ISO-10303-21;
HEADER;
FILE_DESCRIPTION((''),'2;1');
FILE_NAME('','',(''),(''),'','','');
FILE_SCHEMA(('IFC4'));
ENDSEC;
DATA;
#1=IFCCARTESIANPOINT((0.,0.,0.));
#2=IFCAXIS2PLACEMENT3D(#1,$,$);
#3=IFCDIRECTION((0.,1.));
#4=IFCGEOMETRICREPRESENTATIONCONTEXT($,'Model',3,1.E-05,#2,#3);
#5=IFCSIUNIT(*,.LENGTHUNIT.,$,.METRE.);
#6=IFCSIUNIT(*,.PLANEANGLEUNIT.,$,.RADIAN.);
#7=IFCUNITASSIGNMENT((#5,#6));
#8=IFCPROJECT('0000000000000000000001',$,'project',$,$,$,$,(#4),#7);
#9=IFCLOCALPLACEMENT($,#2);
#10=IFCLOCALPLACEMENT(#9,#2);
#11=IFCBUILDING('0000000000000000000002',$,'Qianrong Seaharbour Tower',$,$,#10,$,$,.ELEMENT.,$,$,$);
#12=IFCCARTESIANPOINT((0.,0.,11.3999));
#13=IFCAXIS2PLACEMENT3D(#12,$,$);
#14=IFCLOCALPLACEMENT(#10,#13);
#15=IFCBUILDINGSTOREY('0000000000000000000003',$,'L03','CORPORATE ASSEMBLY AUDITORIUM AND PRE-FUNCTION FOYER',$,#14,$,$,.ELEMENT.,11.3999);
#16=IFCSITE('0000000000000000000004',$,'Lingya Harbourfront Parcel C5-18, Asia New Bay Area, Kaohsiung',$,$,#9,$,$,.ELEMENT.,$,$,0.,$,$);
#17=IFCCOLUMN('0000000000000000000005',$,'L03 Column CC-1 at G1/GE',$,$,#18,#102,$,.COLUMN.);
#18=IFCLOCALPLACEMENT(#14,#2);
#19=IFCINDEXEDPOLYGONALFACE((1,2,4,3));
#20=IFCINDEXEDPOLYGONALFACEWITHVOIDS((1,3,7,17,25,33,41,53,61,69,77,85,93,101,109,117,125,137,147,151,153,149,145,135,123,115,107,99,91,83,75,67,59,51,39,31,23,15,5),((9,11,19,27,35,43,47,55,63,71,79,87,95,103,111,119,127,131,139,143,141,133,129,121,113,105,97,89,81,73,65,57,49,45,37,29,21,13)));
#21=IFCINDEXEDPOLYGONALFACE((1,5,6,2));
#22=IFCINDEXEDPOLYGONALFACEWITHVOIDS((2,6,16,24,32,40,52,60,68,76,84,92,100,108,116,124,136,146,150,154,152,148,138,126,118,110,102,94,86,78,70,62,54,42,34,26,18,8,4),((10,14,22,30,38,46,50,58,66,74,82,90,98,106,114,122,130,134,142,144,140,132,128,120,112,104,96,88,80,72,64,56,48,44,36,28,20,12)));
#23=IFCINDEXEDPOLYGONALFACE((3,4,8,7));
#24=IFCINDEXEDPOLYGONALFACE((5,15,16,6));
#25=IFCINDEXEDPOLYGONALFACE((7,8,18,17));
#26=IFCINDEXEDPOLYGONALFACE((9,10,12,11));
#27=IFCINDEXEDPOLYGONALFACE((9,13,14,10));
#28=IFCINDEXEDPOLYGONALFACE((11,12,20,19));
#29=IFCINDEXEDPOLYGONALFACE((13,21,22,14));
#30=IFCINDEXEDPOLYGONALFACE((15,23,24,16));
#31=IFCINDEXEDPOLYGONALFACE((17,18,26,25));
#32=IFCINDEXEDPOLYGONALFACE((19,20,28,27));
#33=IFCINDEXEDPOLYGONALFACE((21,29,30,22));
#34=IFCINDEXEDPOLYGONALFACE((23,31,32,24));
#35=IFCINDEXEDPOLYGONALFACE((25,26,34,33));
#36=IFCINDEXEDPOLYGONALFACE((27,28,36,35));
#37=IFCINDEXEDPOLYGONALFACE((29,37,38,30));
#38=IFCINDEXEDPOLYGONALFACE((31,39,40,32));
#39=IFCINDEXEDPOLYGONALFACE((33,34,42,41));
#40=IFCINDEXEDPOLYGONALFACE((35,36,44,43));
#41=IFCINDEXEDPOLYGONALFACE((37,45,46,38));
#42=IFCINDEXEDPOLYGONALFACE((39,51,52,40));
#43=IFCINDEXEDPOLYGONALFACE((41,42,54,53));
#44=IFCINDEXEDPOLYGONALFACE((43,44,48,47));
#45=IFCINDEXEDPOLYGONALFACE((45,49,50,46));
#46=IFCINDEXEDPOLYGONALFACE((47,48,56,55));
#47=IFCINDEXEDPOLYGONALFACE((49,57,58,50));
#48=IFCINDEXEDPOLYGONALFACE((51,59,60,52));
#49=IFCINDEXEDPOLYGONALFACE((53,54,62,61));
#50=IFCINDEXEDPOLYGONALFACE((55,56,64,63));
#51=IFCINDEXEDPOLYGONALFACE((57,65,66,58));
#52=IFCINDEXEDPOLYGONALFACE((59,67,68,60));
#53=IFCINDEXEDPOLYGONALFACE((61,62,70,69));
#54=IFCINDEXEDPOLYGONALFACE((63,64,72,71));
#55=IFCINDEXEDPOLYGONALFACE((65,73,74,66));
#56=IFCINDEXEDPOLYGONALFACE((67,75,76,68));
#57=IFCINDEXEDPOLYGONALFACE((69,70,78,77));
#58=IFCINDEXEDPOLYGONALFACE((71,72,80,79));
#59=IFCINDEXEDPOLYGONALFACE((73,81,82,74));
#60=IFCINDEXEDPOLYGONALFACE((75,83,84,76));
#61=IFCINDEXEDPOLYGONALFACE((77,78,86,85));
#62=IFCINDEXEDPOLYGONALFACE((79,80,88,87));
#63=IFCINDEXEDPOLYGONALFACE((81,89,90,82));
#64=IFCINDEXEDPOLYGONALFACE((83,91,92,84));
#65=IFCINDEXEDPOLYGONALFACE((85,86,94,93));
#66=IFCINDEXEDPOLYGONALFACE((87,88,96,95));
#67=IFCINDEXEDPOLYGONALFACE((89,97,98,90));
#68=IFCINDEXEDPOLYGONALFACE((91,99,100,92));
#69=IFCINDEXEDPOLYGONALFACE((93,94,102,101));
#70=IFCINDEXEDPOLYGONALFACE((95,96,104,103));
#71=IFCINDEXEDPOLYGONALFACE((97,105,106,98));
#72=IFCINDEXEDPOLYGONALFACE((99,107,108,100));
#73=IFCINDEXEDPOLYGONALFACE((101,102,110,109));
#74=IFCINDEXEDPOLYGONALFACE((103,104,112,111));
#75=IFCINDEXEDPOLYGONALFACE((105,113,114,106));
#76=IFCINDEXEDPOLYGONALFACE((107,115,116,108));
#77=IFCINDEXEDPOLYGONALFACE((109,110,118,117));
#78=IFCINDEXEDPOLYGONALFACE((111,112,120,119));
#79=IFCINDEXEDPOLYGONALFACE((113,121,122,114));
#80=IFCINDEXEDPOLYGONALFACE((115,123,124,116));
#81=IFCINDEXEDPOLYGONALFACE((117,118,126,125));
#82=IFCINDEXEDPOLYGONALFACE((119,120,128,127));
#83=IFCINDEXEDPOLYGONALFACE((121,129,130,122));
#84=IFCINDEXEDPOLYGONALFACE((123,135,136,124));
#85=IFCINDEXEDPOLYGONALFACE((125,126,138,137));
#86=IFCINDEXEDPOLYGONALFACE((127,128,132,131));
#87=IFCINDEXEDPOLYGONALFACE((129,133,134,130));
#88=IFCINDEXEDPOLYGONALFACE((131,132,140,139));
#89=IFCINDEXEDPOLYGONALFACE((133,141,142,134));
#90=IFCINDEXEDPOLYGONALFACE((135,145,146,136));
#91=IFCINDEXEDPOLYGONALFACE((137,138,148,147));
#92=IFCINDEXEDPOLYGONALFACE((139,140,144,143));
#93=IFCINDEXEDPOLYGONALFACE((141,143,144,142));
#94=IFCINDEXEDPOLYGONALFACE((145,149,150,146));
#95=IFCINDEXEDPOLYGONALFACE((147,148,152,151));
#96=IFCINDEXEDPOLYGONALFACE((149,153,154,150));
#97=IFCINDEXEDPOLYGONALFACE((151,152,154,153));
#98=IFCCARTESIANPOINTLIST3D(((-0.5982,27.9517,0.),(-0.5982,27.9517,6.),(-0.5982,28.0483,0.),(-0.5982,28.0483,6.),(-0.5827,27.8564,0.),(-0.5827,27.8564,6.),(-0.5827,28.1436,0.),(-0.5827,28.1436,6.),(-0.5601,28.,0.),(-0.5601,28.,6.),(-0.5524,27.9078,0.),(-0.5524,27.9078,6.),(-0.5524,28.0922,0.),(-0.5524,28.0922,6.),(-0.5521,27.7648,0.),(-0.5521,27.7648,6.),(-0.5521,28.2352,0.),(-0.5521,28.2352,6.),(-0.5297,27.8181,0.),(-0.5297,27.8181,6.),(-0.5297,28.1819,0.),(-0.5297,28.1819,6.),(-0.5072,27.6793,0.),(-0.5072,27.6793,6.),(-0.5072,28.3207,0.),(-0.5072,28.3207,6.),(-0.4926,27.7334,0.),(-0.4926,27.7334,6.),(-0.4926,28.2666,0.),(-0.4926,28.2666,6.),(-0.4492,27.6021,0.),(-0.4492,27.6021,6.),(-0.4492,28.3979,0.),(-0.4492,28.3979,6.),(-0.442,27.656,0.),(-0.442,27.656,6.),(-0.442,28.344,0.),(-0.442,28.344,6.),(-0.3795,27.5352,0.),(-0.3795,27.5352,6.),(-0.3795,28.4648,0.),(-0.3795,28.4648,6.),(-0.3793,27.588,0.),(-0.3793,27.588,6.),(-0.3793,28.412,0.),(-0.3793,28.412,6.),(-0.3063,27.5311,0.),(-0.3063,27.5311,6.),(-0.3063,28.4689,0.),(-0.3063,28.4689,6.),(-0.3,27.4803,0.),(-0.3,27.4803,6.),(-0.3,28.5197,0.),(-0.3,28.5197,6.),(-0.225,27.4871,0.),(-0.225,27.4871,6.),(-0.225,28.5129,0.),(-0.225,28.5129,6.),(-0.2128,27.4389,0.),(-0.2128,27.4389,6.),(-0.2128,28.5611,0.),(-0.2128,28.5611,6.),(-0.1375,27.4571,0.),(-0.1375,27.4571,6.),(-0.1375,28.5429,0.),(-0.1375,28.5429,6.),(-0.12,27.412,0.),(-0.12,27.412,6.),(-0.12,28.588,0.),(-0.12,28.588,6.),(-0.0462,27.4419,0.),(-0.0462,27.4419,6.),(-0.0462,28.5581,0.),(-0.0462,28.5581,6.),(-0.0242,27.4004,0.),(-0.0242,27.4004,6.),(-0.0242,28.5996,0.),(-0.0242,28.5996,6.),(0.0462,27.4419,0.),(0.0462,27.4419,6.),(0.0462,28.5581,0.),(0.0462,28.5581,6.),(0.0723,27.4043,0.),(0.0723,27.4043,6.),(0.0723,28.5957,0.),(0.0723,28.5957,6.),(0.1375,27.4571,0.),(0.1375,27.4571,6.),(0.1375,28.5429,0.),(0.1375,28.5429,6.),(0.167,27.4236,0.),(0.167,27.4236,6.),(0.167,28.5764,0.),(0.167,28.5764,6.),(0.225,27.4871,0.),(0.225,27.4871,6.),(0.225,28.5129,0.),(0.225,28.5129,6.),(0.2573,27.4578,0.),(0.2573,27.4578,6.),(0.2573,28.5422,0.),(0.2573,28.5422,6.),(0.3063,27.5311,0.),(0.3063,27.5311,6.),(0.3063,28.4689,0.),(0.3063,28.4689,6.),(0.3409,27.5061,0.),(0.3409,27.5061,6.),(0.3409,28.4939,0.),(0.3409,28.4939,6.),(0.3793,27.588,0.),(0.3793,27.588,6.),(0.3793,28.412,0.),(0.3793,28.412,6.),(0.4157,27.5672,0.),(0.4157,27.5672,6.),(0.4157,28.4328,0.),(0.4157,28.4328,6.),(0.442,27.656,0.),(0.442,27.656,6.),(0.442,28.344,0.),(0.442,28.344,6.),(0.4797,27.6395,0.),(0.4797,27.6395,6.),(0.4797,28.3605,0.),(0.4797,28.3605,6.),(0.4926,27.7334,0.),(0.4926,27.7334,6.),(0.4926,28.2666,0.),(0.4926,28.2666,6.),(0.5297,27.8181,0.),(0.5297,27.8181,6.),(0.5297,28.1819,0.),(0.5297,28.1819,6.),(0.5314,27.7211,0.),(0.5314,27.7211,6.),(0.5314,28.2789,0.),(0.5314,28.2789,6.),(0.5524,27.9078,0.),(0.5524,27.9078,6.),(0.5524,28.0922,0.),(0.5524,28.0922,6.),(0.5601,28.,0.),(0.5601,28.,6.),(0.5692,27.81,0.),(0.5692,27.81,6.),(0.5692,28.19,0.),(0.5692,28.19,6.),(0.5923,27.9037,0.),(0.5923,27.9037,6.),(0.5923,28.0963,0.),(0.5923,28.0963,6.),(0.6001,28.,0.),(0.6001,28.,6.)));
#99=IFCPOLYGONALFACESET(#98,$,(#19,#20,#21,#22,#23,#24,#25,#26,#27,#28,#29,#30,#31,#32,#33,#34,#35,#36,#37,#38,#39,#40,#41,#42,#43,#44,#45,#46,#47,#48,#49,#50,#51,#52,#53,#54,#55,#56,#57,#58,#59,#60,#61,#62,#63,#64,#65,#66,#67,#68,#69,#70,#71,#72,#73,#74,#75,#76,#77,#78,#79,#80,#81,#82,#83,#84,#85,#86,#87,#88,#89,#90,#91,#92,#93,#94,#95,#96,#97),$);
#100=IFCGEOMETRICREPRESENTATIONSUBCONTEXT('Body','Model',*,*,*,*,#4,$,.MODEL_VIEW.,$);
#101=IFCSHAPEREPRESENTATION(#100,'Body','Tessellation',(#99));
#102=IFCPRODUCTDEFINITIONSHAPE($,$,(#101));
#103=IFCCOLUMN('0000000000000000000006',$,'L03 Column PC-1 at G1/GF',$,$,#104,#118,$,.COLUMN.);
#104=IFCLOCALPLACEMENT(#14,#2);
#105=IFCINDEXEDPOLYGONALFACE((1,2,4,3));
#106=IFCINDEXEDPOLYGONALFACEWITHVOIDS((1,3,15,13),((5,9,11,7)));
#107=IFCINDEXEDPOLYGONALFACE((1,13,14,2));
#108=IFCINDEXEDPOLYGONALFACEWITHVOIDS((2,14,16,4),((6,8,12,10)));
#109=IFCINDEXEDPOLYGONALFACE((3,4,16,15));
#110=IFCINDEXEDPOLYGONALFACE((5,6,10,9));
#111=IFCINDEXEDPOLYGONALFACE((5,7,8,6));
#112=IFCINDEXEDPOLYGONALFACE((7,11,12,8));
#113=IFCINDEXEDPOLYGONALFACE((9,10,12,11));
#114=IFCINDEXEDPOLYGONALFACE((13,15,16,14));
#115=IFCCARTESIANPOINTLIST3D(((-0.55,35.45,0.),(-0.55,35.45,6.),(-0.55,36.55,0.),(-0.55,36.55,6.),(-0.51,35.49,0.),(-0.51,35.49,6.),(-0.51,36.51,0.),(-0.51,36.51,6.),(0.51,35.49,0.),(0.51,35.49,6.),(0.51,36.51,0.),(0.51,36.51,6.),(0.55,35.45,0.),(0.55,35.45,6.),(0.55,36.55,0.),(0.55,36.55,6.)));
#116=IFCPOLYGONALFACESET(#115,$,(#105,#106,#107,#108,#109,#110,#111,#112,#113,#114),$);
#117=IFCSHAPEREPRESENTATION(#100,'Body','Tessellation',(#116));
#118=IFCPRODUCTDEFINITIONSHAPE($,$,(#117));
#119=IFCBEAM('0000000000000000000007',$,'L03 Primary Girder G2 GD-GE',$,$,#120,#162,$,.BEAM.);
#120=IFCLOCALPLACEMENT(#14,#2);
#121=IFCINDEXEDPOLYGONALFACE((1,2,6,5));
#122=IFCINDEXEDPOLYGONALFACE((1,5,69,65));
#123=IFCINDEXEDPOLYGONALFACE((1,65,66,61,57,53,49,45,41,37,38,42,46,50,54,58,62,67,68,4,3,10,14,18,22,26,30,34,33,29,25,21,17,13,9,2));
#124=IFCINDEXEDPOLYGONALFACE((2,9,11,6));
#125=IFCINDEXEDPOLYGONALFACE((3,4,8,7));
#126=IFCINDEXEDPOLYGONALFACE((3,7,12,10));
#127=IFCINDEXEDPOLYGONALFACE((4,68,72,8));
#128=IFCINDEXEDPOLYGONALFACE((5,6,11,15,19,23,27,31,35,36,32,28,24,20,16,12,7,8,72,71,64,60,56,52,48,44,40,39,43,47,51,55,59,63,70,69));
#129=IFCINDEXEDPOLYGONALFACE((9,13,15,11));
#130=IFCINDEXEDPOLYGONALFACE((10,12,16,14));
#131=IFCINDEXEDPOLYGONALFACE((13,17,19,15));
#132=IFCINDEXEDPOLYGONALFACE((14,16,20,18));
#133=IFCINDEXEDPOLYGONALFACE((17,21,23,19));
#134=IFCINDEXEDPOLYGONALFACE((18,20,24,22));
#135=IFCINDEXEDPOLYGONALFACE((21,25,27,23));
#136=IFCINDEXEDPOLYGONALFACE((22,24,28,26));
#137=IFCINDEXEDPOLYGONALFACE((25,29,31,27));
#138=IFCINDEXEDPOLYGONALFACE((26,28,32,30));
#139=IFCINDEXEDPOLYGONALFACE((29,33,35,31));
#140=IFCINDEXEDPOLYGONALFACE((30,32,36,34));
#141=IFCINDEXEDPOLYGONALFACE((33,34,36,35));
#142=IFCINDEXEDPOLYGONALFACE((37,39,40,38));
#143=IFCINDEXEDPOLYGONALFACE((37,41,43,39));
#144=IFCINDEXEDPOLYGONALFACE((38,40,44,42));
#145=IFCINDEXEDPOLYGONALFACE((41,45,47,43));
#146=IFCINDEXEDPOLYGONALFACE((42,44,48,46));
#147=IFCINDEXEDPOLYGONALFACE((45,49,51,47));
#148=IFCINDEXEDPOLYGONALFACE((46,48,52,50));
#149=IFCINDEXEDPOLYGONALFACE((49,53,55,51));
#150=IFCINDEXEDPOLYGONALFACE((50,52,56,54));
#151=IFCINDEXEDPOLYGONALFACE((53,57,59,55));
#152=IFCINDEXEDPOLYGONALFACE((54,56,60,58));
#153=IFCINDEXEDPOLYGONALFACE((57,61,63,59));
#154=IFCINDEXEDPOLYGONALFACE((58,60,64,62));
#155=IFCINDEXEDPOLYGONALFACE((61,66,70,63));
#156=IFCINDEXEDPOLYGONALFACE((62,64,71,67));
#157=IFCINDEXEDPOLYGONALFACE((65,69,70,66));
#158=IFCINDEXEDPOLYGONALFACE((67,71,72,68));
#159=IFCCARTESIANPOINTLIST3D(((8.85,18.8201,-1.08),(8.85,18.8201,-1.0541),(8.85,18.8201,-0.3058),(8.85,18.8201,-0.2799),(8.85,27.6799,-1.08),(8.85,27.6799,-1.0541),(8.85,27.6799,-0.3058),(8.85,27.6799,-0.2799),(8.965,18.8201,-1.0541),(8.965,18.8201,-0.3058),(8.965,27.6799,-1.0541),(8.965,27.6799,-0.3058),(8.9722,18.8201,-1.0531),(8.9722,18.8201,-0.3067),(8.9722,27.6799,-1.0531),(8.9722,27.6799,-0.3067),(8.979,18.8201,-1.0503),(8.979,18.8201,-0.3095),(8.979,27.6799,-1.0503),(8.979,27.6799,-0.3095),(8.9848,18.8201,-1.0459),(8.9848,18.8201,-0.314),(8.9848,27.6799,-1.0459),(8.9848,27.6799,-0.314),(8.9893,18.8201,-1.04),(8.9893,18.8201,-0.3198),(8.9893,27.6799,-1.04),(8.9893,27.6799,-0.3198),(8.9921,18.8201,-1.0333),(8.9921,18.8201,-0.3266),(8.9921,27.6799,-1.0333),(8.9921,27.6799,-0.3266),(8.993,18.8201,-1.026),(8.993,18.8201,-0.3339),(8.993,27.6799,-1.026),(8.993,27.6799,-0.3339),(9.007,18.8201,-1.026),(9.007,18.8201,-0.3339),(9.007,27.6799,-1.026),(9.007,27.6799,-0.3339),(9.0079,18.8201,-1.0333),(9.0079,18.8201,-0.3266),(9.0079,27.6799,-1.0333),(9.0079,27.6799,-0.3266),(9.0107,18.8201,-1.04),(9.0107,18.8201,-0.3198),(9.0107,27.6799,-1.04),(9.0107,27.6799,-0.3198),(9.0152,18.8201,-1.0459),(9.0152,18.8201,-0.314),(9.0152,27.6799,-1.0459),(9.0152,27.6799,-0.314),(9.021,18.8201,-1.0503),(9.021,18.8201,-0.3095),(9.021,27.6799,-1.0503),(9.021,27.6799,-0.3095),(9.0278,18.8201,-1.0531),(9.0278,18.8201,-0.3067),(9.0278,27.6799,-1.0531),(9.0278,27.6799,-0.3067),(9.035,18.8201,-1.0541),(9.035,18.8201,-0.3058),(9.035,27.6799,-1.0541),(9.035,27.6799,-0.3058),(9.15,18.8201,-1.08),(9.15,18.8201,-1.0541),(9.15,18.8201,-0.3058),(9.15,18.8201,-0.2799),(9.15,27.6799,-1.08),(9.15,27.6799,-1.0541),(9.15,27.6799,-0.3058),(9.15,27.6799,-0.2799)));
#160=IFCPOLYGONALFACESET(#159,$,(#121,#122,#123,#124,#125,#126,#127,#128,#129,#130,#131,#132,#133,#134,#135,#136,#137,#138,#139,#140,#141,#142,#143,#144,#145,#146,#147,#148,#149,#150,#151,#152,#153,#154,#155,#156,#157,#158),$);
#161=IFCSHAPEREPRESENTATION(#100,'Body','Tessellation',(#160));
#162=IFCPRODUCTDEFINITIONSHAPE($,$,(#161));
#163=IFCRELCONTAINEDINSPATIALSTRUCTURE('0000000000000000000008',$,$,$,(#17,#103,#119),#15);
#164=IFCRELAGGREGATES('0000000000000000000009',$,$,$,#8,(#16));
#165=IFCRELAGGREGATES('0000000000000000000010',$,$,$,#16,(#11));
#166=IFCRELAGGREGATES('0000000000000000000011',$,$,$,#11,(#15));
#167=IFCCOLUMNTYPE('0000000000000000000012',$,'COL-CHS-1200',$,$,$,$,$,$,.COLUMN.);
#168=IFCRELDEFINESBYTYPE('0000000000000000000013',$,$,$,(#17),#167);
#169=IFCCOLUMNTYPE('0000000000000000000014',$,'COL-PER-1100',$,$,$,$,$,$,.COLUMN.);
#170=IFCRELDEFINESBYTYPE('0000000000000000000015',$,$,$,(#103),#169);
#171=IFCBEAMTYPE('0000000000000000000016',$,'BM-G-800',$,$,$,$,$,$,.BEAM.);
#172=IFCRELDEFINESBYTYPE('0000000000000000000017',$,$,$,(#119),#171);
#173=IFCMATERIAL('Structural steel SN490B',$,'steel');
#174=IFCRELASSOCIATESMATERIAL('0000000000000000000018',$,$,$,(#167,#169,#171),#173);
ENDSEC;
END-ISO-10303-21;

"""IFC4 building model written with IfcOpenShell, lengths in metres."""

from ifc_helpers import new_model, si_unit, direction, frame, origin, origin_2d, place, context, subcontext, project, spatial, hollow_rectangle, hollow_circle, i_section, extrude, material, material_profile, profile_set, type_object, element, save


model = new_model("IFC4")

# Units and contexts
model_context = context("Model", 3, precision=1e-05, world=origin(), true_north=direction((0.0, 1.0)))
body_context = subcontext(model_context, "Body", "Model", "MODEL_VIEW")
ifc_project = project(units=[si_unit("LENGTHUNIT", "METRE"), si_unit("PLANEANGLEUNIT", "RADIAN")], contexts=[model_context])

# Site, building, storey
site_placement = place(None, origin())
site = spatial("IfcSite", under=ifc_project, at=site_placement, Name="Lingya Harbourfront Parcel C5-18, Asia New Bay Area, Kaohsiung", CompositionType="ELEMENT", RefElevation=0.0)
building_placement = place(site_placement, origin())
building = spatial("IfcBuilding", under=site, at=building_placement, Name="Qianrong Seaharbour Tower", CompositionType="ELEMENT")
storey_placement = place(building_placement, frame((0.0, 0.0, 11.3999)))
storey = spatial("IfcBuildingStorey", under=building, at=storey_placement, Name="L03", Description="CORPORATE ASSEMBLY AUDITORIUM AND PRE-FUNCTION FOYER", CompositionType="ELEMENT", Elevation=11.3999)

# Columns
ifc_material_1 = material(Name="Structural steel SN490B", Category="steel")
ifc_material_profile_1 = material_profile(ifc_material_1, hollow_circle(Radius=0.6001, WallThickness=0.04, at=origin_2d()), Name="CHS1200x40")
ifc_profile_set_1 = profile_set([ifc_material_profile_1], Name="Structural steel SN490B")
column_type_1 = type_object("IfcColumnType", Name="COL-CHS-1200", PredefinedType="COLUMN", material=ifc_profile_set_1)
for number, where, z_axis, x_axis, name in (
    (1, (0.0, 28.0, 0.0), (0.0, 0.0, 1.0), (1.0, 0.0, 0.0), "L03 Column CC-1 at G1/GE"),
):
    element("IfcColumn", number, at=place(storey_placement, frame(where, z_axis=z_axis, x_axis=x_axis)), inside=storey, type_object=column_type_1, Name=name, PredefinedType="COLUMN", context=body_context, shape_type="SweptSolid", body=[
        extrude(hollow_circle(Radius=0.6001, WallThickness=0.04, at=origin_2d()), origin(), (0.0, 0.0, 1.0), 6.0),
    ])
ifc_material_profile_2 = material_profile(ifc_material_1, hollow_rectangle(XDim=1.1001, YDim=1.1001, WallThickness=0.04, at=origin_2d()), Name="BOX1100x1100x40")
ifc_profile_set_2 = profile_set([ifc_material_profile_2], Name="Structural steel SN490B")
column_type_2 = type_object("IfcColumnType", Name="COL-PER-1100", PredefinedType="COLUMN", material=ifc_profile_set_2)
column_placement = place(storey_placement, frame((0.0, 36.0, 0.0), z_axis=(0.0, 0.0, 1.0), x_axis=(1.0, 0.0, 0.0)))
element("IfcColumn", 2, at=column_placement, inside=storey, type_object=column_type_2, Name="L03 Column PC-1 at G1/GF", PredefinedType="COLUMN", context=body_context, shape_type="SweptSolid", body=[
    extrude(hollow_rectangle(XDim=1.1001, YDim=1.1001, WallThickness=0.04, at=origin_2d()), origin(), (0.0, 0.0, 1.0), 6.0),
])

# Beam
ifc_material_profile_3 = material_profile(ifc_material_1, i_section(OverallWidth=0.3, OverallDepth=0.8, WebThickness=0.0139, FlangeThickness=0.0259, FilletRadius=0.0281, at=origin_2d()), Name="H800x300x14x26")
ifc_profile_set_3 = profile_set([ifc_material_profile_3], Name="Structural steel SN490B")
beam_type_1 = type_object("IfcBeamType", Name="BM-G-800", PredefinedType="BEAM", material=ifc_profile_set_3)
beam_1_placement = place(storey_placement, frame((9.0, 18.8201, -0.6799), z_axis=(0.0, 1.0, 0.0), x_axis=(-1.0, 0.0, 0.0)))
element("IfcBeam", 3, at=beam_1_placement, inside=storey, type_object=beam_type_1, Name="L03 Primary Girder G2 GD-GE", PredefinedType="BEAM", context=body_context, shape_type="SweptSolid", body=[
    extrude(i_section(OverallWidth=0.3, OverallDepth=0.8, WebThickness=0.0139, FlangeThickness=0.0259, FilletRadius=0.0281, at=origin_2d()), origin(), (0.0, 0.0, 1.0), 8.8599),
])

save(model, "model.ifc")
